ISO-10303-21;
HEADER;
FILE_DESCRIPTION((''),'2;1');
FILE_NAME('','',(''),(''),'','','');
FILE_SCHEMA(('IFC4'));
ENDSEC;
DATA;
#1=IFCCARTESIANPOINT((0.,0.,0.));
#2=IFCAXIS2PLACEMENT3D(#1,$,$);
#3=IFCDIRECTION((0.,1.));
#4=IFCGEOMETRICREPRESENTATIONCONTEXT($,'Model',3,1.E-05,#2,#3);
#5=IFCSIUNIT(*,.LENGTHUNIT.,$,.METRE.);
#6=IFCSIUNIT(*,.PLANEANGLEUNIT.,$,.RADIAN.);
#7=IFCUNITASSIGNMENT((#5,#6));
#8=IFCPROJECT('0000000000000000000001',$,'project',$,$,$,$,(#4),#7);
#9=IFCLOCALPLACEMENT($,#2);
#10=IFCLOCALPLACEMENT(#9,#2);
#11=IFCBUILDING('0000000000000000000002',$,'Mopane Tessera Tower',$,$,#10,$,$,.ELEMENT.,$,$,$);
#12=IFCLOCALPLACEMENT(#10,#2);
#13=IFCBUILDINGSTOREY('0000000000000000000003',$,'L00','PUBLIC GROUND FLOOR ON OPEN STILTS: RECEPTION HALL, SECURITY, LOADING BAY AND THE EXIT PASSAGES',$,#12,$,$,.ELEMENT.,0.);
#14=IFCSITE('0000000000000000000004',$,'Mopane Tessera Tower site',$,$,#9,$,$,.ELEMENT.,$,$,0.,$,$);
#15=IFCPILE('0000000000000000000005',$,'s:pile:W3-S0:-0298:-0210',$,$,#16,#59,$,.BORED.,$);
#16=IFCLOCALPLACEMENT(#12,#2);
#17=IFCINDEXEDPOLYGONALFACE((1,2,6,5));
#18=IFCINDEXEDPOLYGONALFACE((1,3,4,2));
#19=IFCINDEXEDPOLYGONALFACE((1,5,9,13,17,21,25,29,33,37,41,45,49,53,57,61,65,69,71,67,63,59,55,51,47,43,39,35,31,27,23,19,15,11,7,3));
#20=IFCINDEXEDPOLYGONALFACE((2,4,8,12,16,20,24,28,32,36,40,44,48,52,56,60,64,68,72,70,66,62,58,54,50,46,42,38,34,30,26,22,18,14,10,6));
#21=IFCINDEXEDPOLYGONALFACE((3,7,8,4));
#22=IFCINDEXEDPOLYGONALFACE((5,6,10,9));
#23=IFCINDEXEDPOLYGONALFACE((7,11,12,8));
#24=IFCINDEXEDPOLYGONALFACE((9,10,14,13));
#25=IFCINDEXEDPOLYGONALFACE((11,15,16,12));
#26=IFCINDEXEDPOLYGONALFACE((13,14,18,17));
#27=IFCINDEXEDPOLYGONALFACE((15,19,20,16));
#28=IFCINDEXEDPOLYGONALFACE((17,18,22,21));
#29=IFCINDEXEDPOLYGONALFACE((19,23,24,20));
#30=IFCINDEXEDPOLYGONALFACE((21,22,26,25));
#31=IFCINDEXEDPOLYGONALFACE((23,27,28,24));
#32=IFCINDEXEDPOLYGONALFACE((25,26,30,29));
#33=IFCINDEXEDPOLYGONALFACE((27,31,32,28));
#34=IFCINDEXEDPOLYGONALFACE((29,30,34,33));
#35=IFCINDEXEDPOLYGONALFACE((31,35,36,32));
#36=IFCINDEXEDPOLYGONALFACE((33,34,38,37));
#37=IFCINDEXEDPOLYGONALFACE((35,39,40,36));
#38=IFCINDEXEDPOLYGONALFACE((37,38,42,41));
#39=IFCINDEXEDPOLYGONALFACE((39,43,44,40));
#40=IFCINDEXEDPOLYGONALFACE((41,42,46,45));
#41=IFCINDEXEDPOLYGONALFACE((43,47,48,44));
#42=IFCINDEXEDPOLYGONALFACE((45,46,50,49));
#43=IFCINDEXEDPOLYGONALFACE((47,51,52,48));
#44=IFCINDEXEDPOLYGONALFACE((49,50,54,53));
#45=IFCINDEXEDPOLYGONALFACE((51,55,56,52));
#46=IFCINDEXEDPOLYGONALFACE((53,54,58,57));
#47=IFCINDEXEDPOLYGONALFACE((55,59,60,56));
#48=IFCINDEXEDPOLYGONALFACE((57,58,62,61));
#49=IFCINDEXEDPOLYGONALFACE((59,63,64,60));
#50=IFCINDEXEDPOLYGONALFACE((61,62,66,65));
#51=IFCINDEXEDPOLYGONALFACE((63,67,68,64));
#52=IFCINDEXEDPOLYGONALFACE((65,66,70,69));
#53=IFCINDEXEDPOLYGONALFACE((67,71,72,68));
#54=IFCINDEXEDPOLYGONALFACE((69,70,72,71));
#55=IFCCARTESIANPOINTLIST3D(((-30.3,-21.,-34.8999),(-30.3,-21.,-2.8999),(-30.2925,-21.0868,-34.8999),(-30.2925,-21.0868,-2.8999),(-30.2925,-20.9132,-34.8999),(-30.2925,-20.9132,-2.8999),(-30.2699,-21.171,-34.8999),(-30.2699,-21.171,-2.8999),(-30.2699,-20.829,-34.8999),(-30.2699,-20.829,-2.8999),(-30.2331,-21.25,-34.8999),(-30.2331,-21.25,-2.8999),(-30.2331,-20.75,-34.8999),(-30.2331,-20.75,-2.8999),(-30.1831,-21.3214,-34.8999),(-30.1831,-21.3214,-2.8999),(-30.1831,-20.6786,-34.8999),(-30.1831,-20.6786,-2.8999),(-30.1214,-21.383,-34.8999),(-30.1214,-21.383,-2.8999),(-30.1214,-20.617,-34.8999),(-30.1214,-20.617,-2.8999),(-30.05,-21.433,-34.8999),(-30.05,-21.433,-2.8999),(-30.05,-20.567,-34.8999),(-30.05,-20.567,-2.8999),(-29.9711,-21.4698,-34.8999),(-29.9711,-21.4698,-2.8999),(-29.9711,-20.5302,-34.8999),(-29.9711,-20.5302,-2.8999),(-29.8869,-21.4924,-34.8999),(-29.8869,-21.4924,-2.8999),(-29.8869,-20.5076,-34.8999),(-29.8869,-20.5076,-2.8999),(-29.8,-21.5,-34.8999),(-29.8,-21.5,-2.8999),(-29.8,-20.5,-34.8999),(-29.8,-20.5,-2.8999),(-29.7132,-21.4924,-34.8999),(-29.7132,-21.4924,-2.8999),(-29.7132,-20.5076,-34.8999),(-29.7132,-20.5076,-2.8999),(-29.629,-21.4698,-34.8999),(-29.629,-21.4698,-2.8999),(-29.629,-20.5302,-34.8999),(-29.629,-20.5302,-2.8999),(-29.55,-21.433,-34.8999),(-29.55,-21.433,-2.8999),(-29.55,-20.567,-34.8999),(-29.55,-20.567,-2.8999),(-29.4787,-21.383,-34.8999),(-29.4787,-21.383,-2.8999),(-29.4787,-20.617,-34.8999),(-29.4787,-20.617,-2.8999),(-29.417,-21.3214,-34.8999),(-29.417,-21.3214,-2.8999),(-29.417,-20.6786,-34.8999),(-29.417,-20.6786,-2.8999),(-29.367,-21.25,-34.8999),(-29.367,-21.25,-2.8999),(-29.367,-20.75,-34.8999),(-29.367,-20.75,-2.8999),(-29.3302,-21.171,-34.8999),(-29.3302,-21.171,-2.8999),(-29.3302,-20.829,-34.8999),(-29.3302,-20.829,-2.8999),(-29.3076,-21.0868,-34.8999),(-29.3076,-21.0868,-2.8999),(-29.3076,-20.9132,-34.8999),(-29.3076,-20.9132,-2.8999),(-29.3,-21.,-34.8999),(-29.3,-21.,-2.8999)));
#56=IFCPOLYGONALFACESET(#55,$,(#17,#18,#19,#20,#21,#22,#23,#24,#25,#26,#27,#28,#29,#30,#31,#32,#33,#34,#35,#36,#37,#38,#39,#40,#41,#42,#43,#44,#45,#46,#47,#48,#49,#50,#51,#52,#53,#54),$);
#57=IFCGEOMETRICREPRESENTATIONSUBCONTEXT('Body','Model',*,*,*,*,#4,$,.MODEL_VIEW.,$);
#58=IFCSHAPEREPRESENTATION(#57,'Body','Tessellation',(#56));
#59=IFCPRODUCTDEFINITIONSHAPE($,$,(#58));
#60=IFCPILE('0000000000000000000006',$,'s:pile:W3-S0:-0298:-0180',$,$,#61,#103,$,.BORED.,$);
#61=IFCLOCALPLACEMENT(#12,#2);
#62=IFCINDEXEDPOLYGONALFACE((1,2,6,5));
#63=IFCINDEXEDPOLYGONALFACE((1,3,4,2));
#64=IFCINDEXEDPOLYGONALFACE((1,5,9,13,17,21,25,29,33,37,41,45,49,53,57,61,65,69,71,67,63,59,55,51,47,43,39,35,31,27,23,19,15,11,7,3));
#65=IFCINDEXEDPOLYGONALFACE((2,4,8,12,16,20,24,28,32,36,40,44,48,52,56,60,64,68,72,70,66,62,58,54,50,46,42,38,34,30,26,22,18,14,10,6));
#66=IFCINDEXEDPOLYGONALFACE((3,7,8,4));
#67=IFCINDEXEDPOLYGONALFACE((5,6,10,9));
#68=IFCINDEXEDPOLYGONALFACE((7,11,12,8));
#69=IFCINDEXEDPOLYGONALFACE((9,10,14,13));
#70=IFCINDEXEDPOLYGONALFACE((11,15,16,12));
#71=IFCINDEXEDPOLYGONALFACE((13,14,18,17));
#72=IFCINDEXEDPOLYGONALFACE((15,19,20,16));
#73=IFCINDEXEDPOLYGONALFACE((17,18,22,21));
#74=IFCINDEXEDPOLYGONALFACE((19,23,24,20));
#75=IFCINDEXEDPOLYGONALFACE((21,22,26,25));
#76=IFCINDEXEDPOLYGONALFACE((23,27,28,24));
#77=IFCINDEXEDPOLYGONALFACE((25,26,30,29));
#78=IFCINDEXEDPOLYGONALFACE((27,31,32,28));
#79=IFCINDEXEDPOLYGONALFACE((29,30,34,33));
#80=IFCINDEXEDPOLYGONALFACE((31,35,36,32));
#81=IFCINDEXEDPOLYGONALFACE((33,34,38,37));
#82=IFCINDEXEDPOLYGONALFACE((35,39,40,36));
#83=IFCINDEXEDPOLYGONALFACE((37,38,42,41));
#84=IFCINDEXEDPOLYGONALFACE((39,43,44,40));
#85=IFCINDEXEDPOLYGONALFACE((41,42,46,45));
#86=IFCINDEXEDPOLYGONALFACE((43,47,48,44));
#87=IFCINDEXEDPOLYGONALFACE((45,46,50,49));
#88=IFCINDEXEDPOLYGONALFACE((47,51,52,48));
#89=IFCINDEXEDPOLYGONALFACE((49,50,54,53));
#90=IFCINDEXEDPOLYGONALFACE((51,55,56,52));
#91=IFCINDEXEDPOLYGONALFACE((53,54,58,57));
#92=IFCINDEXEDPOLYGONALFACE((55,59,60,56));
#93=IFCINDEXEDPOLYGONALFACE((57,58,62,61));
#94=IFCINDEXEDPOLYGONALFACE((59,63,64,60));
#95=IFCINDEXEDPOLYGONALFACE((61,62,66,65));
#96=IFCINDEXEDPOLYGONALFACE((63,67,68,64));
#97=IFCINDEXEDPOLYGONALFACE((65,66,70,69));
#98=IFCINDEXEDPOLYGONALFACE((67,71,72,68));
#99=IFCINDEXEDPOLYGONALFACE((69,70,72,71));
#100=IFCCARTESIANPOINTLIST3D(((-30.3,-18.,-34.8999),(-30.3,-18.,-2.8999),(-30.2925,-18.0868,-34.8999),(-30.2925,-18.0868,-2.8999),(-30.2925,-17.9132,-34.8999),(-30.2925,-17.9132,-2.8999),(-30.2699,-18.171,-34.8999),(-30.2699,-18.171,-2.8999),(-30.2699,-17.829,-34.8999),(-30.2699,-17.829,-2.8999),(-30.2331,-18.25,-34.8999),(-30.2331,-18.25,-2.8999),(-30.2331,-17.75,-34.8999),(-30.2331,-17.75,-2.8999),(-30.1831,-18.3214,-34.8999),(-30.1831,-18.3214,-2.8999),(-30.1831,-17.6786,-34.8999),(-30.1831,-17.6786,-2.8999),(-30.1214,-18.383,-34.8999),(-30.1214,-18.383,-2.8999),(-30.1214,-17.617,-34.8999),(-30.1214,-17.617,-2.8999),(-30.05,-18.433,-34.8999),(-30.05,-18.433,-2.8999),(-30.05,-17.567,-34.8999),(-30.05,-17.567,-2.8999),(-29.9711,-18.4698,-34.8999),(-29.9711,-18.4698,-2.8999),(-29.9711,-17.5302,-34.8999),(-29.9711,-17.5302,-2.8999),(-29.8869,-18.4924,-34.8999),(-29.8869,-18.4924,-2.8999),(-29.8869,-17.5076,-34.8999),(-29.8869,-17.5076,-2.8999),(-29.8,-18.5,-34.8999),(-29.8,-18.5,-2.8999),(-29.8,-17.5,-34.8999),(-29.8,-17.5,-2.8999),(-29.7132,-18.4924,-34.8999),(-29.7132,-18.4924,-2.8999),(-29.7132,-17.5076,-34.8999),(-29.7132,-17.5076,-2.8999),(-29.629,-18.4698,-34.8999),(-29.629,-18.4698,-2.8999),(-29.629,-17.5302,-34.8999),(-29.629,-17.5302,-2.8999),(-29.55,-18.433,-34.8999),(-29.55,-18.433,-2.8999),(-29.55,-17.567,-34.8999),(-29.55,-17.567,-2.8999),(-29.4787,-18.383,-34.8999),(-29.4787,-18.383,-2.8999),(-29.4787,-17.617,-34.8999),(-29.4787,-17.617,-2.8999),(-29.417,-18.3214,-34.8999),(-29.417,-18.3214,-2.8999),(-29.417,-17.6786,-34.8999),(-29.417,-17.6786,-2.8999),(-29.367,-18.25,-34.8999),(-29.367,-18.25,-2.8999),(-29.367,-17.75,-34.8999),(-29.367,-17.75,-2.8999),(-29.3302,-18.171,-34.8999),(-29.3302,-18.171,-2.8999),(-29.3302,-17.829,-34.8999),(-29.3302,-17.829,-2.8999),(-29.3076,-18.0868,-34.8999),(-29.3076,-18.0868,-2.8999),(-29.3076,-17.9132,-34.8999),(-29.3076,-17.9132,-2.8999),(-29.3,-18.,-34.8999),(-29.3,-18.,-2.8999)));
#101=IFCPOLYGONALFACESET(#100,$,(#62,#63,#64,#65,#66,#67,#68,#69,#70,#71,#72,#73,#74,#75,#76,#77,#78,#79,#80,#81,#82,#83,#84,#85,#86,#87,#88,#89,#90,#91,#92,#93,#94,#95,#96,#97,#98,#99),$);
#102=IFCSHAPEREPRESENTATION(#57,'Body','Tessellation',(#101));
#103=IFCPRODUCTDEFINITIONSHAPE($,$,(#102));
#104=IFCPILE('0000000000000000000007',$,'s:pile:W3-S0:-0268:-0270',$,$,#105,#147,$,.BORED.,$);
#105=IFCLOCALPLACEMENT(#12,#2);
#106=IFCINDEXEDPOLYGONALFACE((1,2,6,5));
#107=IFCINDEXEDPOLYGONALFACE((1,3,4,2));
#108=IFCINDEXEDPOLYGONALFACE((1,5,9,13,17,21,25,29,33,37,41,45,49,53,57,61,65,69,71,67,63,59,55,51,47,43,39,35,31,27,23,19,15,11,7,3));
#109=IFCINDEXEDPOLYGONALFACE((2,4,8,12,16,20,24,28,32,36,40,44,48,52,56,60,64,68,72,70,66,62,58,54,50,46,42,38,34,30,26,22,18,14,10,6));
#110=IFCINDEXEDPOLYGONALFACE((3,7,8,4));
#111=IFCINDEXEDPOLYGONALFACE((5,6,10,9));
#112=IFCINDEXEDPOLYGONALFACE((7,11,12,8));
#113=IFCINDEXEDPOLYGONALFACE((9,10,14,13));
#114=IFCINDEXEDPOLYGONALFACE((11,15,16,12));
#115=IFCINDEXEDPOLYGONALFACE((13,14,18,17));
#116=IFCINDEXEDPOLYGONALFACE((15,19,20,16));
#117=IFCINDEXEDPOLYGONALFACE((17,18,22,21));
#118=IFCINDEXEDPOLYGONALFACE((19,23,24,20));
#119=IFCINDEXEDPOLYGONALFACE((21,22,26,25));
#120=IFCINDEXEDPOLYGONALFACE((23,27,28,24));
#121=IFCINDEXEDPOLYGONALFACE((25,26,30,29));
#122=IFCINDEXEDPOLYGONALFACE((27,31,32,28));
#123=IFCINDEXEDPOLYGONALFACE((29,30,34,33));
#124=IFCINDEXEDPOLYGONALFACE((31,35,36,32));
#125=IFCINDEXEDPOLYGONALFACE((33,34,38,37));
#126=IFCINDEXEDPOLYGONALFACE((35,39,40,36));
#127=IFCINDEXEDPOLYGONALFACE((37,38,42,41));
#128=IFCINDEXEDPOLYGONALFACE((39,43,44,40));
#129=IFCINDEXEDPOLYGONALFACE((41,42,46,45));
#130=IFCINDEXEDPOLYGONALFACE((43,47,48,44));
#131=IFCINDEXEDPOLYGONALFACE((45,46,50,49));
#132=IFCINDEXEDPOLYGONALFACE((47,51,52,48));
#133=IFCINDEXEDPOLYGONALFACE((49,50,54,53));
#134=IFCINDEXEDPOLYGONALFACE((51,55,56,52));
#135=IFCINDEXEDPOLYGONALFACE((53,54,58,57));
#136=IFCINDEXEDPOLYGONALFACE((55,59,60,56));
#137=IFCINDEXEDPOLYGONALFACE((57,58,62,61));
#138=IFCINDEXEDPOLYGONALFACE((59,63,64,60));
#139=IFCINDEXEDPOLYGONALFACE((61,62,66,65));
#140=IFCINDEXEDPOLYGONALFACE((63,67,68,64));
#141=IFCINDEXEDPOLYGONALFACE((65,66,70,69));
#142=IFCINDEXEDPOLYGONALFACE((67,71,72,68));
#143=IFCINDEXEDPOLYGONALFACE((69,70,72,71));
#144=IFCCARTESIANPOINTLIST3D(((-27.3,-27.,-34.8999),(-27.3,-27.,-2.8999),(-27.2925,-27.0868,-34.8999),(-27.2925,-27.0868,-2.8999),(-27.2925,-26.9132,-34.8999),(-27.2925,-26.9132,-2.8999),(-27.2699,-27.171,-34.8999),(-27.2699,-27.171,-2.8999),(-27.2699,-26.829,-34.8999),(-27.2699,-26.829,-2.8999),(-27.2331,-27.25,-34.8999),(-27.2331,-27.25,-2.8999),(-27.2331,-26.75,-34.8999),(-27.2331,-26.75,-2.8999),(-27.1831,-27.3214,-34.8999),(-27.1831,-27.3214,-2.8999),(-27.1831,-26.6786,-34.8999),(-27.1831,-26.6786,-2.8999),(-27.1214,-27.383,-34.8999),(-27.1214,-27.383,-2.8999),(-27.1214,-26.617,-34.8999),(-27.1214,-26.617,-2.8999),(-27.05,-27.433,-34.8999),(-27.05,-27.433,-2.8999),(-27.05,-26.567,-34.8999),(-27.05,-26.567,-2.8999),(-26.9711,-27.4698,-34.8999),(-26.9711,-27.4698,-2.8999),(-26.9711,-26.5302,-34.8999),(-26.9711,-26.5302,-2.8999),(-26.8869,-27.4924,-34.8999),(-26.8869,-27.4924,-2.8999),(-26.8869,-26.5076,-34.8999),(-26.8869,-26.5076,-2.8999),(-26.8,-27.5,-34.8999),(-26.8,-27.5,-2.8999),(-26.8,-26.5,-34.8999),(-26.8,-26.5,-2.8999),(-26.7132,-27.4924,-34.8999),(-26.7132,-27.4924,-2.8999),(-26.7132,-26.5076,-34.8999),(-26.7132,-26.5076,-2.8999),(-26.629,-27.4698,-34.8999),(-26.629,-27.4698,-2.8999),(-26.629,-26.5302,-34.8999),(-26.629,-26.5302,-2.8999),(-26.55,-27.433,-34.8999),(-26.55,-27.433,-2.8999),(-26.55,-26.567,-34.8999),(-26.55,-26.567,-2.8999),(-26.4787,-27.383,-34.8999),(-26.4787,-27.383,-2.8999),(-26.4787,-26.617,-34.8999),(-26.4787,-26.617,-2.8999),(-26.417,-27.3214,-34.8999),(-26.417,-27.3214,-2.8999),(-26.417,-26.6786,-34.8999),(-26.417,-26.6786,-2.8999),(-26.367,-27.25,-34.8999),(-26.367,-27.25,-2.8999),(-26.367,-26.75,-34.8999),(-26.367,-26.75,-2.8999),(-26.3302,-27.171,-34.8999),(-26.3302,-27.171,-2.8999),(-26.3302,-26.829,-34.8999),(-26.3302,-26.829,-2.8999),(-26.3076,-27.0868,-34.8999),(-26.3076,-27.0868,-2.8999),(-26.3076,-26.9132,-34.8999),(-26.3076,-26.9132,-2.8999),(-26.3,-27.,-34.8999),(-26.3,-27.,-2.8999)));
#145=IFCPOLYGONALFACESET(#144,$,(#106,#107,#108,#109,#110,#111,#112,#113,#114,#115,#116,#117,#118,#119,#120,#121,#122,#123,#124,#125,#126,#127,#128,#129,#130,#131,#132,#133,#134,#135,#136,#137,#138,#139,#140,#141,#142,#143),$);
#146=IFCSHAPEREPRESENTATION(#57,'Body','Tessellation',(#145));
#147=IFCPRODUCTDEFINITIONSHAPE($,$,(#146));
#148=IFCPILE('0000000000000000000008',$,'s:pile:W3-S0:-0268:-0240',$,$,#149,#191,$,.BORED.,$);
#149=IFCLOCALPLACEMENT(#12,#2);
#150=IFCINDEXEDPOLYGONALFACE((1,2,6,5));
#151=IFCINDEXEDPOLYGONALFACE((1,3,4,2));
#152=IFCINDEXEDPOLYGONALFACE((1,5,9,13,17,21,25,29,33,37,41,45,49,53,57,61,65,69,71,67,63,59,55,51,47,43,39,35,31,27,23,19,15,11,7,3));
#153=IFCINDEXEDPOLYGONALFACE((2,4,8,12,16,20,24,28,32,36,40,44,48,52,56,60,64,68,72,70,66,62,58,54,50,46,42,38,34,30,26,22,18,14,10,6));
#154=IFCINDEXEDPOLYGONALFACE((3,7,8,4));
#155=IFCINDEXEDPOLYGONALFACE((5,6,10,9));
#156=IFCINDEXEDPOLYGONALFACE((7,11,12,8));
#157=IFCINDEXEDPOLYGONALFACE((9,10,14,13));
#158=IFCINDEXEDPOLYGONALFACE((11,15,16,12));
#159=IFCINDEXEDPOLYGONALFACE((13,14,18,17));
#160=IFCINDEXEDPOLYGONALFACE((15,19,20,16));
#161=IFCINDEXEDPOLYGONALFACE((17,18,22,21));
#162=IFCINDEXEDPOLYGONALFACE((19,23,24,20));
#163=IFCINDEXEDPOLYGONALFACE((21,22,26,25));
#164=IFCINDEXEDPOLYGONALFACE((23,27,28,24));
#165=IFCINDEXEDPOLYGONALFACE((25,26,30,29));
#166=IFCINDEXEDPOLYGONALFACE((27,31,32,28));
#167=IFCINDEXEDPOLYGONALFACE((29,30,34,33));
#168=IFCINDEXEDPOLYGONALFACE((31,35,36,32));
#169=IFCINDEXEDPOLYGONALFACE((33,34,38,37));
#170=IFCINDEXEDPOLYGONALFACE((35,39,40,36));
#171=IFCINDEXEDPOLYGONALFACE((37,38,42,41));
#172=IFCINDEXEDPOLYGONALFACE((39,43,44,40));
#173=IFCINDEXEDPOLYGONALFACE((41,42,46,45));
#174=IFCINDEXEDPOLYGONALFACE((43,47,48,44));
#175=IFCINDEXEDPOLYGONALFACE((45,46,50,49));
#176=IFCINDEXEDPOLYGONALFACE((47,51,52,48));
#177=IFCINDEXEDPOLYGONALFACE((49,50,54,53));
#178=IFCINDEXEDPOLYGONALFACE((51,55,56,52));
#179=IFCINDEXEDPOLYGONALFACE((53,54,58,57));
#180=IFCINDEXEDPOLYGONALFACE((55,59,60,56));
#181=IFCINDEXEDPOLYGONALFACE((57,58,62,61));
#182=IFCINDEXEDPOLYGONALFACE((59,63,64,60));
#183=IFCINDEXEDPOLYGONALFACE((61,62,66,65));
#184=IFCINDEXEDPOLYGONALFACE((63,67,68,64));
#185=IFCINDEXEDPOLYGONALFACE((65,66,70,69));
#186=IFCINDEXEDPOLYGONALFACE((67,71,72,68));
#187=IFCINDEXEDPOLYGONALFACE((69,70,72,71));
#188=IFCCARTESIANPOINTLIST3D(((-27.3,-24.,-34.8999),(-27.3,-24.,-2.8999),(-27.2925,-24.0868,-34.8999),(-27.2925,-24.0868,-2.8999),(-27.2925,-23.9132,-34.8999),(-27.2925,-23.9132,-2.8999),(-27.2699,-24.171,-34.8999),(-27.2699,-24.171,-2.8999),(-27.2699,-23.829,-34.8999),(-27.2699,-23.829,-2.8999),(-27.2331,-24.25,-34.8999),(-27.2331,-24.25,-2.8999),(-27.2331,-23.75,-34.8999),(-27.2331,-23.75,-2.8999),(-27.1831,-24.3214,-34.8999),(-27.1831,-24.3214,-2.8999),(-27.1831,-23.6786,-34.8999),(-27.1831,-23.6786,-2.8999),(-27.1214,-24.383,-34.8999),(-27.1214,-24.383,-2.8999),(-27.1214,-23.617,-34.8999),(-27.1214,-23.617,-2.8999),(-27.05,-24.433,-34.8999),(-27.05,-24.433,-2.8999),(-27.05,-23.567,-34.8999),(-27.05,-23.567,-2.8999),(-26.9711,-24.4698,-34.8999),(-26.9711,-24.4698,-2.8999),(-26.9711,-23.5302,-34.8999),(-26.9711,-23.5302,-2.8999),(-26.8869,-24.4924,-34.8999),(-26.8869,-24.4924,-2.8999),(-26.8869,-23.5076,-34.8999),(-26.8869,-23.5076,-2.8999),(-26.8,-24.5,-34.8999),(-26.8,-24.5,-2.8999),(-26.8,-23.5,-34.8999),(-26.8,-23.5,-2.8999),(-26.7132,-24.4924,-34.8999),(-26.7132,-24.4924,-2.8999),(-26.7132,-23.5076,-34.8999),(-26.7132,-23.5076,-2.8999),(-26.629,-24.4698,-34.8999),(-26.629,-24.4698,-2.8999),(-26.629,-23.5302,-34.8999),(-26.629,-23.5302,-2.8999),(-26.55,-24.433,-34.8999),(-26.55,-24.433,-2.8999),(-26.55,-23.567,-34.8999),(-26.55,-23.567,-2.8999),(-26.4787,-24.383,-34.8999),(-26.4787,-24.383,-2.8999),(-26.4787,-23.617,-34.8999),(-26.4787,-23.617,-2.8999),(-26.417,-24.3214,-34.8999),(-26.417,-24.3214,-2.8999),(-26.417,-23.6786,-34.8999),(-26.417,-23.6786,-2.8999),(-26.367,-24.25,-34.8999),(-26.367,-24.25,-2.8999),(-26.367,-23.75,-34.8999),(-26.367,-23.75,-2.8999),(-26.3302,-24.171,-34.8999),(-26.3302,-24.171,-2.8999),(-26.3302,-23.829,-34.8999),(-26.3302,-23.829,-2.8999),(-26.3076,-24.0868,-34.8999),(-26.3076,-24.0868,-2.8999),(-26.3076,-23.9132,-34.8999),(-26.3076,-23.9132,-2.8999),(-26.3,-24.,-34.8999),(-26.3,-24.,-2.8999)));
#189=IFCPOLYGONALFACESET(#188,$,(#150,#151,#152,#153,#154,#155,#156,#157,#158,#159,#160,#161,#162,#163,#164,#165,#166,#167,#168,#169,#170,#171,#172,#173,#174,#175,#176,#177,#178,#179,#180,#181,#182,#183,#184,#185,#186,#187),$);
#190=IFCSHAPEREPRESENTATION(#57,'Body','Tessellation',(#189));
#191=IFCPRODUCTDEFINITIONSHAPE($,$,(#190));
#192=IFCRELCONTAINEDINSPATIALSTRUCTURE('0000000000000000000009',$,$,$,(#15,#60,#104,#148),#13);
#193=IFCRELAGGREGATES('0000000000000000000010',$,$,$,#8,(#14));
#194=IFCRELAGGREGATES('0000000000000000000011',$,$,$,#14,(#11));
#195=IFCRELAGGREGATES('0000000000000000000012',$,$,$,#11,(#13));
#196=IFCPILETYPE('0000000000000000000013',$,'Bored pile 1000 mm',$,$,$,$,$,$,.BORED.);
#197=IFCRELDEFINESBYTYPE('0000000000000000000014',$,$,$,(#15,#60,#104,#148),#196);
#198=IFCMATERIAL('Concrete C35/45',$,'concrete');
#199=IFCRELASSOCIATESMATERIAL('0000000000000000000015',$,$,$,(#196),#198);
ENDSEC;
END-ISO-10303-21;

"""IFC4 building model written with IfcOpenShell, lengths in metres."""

from ifc_helpers import new_model, si_unit, direction, frame, origin, origin_2d, place, context, subcontext, project, spatial, circle, extrude, material, material_profile, profile_set, type_object, element, save


model = new_model("IFC4")

# Units and contexts
model_context = context("Model", 3, precision=1e-05, world=origin(), true_north=direction((0.0, 1.0)))
body_context = subcontext(model_context, "Body", "Model", "MODEL_VIEW")
ifc_project = project(units=[si_unit("LENGTHUNIT", "METRE"), si_unit("PLANEANGLEUNIT", "RADIAN")], contexts=[model_context])

# Site, building, storey
site_placement = place(None, origin())
site = spatial("IfcSite", under=ifc_project, at=site_placement, Name="Mopane Tessera Tower site", CompositionType="ELEMENT", RefElevation=0.0)
building_placement = place(site_placement, origin())
building = spatial("IfcBuilding", under=site, at=building_placement, Name="Mopane Tessera Tower", CompositionType="ELEMENT")
storey_placement = place(building_placement, origin())
storey = spatial("IfcBuildingStorey", under=building, at=storey_placement, Name="L00", Description="PUBLIC GROUND FLOOR ON OPEN STILTS: RECEPTION HALL, SECURITY, LOADING BAY AND THE EXIT PASSAGES", CompositionType="ELEMENT", Elevation=0.0)

# Piles
ifc_material_1 = material(Name="Concrete C35/45", Category="concrete")
ifc_material_profile_1 = material_profile(ifc_material_1, circle(Radius=0.5, at=origin_2d()))
ifc_profile_set_1 = profile_set([ifc_material_profile_1], Name="Concrete C35/45")
pile_type_1 = type_object("IfcPileType", Name="Bored pile 1000 mm", PredefinedType="BORED", material=ifc_profile_set_1)
for number, where, z_axis, x_axis, name in (
    (1, (-29.8, -21.0, -2.8999), (0.0, 0.0, -1.0), (1.0, 0.0, 0.0), "s:pile:W3-S0:-0298:-0210"),
    (2, (-29.8, -18.0, -2.8999), (0.0, 0.0, -1.0), (1.0, 0.0, 0.0), "s:pile:W3-S0:-0298:-0180"),
    (3, (-26.8, -27.0, -2.8999), (0.0, 0.0, -1.0), (1.0, 0.0, 0.0), "s:pile:W3-S0:-0268:-0270"),
    (4, (-26.8, -24.0, -2.8999), (0.0, 0.0, -1.0), (1.0, 0.0, 0.0), "s:pile:W3-S0:-0268:-0240"),
):
    element("IfcPile", number, at=place(storey_placement, frame(where, z_axis=z_axis, x_axis=x_axis)), inside=storey, type_object=pile_type_1, Name=name, PredefinedType="BORED", context=body_context, shape_type="SweptSolid", body=[
        extrude(circle(Radius=0.5, at=origin_2d()), origin(), (0.0, 0.0, 1.0), 32.0),
    ])

save(model, "model.ifc")
